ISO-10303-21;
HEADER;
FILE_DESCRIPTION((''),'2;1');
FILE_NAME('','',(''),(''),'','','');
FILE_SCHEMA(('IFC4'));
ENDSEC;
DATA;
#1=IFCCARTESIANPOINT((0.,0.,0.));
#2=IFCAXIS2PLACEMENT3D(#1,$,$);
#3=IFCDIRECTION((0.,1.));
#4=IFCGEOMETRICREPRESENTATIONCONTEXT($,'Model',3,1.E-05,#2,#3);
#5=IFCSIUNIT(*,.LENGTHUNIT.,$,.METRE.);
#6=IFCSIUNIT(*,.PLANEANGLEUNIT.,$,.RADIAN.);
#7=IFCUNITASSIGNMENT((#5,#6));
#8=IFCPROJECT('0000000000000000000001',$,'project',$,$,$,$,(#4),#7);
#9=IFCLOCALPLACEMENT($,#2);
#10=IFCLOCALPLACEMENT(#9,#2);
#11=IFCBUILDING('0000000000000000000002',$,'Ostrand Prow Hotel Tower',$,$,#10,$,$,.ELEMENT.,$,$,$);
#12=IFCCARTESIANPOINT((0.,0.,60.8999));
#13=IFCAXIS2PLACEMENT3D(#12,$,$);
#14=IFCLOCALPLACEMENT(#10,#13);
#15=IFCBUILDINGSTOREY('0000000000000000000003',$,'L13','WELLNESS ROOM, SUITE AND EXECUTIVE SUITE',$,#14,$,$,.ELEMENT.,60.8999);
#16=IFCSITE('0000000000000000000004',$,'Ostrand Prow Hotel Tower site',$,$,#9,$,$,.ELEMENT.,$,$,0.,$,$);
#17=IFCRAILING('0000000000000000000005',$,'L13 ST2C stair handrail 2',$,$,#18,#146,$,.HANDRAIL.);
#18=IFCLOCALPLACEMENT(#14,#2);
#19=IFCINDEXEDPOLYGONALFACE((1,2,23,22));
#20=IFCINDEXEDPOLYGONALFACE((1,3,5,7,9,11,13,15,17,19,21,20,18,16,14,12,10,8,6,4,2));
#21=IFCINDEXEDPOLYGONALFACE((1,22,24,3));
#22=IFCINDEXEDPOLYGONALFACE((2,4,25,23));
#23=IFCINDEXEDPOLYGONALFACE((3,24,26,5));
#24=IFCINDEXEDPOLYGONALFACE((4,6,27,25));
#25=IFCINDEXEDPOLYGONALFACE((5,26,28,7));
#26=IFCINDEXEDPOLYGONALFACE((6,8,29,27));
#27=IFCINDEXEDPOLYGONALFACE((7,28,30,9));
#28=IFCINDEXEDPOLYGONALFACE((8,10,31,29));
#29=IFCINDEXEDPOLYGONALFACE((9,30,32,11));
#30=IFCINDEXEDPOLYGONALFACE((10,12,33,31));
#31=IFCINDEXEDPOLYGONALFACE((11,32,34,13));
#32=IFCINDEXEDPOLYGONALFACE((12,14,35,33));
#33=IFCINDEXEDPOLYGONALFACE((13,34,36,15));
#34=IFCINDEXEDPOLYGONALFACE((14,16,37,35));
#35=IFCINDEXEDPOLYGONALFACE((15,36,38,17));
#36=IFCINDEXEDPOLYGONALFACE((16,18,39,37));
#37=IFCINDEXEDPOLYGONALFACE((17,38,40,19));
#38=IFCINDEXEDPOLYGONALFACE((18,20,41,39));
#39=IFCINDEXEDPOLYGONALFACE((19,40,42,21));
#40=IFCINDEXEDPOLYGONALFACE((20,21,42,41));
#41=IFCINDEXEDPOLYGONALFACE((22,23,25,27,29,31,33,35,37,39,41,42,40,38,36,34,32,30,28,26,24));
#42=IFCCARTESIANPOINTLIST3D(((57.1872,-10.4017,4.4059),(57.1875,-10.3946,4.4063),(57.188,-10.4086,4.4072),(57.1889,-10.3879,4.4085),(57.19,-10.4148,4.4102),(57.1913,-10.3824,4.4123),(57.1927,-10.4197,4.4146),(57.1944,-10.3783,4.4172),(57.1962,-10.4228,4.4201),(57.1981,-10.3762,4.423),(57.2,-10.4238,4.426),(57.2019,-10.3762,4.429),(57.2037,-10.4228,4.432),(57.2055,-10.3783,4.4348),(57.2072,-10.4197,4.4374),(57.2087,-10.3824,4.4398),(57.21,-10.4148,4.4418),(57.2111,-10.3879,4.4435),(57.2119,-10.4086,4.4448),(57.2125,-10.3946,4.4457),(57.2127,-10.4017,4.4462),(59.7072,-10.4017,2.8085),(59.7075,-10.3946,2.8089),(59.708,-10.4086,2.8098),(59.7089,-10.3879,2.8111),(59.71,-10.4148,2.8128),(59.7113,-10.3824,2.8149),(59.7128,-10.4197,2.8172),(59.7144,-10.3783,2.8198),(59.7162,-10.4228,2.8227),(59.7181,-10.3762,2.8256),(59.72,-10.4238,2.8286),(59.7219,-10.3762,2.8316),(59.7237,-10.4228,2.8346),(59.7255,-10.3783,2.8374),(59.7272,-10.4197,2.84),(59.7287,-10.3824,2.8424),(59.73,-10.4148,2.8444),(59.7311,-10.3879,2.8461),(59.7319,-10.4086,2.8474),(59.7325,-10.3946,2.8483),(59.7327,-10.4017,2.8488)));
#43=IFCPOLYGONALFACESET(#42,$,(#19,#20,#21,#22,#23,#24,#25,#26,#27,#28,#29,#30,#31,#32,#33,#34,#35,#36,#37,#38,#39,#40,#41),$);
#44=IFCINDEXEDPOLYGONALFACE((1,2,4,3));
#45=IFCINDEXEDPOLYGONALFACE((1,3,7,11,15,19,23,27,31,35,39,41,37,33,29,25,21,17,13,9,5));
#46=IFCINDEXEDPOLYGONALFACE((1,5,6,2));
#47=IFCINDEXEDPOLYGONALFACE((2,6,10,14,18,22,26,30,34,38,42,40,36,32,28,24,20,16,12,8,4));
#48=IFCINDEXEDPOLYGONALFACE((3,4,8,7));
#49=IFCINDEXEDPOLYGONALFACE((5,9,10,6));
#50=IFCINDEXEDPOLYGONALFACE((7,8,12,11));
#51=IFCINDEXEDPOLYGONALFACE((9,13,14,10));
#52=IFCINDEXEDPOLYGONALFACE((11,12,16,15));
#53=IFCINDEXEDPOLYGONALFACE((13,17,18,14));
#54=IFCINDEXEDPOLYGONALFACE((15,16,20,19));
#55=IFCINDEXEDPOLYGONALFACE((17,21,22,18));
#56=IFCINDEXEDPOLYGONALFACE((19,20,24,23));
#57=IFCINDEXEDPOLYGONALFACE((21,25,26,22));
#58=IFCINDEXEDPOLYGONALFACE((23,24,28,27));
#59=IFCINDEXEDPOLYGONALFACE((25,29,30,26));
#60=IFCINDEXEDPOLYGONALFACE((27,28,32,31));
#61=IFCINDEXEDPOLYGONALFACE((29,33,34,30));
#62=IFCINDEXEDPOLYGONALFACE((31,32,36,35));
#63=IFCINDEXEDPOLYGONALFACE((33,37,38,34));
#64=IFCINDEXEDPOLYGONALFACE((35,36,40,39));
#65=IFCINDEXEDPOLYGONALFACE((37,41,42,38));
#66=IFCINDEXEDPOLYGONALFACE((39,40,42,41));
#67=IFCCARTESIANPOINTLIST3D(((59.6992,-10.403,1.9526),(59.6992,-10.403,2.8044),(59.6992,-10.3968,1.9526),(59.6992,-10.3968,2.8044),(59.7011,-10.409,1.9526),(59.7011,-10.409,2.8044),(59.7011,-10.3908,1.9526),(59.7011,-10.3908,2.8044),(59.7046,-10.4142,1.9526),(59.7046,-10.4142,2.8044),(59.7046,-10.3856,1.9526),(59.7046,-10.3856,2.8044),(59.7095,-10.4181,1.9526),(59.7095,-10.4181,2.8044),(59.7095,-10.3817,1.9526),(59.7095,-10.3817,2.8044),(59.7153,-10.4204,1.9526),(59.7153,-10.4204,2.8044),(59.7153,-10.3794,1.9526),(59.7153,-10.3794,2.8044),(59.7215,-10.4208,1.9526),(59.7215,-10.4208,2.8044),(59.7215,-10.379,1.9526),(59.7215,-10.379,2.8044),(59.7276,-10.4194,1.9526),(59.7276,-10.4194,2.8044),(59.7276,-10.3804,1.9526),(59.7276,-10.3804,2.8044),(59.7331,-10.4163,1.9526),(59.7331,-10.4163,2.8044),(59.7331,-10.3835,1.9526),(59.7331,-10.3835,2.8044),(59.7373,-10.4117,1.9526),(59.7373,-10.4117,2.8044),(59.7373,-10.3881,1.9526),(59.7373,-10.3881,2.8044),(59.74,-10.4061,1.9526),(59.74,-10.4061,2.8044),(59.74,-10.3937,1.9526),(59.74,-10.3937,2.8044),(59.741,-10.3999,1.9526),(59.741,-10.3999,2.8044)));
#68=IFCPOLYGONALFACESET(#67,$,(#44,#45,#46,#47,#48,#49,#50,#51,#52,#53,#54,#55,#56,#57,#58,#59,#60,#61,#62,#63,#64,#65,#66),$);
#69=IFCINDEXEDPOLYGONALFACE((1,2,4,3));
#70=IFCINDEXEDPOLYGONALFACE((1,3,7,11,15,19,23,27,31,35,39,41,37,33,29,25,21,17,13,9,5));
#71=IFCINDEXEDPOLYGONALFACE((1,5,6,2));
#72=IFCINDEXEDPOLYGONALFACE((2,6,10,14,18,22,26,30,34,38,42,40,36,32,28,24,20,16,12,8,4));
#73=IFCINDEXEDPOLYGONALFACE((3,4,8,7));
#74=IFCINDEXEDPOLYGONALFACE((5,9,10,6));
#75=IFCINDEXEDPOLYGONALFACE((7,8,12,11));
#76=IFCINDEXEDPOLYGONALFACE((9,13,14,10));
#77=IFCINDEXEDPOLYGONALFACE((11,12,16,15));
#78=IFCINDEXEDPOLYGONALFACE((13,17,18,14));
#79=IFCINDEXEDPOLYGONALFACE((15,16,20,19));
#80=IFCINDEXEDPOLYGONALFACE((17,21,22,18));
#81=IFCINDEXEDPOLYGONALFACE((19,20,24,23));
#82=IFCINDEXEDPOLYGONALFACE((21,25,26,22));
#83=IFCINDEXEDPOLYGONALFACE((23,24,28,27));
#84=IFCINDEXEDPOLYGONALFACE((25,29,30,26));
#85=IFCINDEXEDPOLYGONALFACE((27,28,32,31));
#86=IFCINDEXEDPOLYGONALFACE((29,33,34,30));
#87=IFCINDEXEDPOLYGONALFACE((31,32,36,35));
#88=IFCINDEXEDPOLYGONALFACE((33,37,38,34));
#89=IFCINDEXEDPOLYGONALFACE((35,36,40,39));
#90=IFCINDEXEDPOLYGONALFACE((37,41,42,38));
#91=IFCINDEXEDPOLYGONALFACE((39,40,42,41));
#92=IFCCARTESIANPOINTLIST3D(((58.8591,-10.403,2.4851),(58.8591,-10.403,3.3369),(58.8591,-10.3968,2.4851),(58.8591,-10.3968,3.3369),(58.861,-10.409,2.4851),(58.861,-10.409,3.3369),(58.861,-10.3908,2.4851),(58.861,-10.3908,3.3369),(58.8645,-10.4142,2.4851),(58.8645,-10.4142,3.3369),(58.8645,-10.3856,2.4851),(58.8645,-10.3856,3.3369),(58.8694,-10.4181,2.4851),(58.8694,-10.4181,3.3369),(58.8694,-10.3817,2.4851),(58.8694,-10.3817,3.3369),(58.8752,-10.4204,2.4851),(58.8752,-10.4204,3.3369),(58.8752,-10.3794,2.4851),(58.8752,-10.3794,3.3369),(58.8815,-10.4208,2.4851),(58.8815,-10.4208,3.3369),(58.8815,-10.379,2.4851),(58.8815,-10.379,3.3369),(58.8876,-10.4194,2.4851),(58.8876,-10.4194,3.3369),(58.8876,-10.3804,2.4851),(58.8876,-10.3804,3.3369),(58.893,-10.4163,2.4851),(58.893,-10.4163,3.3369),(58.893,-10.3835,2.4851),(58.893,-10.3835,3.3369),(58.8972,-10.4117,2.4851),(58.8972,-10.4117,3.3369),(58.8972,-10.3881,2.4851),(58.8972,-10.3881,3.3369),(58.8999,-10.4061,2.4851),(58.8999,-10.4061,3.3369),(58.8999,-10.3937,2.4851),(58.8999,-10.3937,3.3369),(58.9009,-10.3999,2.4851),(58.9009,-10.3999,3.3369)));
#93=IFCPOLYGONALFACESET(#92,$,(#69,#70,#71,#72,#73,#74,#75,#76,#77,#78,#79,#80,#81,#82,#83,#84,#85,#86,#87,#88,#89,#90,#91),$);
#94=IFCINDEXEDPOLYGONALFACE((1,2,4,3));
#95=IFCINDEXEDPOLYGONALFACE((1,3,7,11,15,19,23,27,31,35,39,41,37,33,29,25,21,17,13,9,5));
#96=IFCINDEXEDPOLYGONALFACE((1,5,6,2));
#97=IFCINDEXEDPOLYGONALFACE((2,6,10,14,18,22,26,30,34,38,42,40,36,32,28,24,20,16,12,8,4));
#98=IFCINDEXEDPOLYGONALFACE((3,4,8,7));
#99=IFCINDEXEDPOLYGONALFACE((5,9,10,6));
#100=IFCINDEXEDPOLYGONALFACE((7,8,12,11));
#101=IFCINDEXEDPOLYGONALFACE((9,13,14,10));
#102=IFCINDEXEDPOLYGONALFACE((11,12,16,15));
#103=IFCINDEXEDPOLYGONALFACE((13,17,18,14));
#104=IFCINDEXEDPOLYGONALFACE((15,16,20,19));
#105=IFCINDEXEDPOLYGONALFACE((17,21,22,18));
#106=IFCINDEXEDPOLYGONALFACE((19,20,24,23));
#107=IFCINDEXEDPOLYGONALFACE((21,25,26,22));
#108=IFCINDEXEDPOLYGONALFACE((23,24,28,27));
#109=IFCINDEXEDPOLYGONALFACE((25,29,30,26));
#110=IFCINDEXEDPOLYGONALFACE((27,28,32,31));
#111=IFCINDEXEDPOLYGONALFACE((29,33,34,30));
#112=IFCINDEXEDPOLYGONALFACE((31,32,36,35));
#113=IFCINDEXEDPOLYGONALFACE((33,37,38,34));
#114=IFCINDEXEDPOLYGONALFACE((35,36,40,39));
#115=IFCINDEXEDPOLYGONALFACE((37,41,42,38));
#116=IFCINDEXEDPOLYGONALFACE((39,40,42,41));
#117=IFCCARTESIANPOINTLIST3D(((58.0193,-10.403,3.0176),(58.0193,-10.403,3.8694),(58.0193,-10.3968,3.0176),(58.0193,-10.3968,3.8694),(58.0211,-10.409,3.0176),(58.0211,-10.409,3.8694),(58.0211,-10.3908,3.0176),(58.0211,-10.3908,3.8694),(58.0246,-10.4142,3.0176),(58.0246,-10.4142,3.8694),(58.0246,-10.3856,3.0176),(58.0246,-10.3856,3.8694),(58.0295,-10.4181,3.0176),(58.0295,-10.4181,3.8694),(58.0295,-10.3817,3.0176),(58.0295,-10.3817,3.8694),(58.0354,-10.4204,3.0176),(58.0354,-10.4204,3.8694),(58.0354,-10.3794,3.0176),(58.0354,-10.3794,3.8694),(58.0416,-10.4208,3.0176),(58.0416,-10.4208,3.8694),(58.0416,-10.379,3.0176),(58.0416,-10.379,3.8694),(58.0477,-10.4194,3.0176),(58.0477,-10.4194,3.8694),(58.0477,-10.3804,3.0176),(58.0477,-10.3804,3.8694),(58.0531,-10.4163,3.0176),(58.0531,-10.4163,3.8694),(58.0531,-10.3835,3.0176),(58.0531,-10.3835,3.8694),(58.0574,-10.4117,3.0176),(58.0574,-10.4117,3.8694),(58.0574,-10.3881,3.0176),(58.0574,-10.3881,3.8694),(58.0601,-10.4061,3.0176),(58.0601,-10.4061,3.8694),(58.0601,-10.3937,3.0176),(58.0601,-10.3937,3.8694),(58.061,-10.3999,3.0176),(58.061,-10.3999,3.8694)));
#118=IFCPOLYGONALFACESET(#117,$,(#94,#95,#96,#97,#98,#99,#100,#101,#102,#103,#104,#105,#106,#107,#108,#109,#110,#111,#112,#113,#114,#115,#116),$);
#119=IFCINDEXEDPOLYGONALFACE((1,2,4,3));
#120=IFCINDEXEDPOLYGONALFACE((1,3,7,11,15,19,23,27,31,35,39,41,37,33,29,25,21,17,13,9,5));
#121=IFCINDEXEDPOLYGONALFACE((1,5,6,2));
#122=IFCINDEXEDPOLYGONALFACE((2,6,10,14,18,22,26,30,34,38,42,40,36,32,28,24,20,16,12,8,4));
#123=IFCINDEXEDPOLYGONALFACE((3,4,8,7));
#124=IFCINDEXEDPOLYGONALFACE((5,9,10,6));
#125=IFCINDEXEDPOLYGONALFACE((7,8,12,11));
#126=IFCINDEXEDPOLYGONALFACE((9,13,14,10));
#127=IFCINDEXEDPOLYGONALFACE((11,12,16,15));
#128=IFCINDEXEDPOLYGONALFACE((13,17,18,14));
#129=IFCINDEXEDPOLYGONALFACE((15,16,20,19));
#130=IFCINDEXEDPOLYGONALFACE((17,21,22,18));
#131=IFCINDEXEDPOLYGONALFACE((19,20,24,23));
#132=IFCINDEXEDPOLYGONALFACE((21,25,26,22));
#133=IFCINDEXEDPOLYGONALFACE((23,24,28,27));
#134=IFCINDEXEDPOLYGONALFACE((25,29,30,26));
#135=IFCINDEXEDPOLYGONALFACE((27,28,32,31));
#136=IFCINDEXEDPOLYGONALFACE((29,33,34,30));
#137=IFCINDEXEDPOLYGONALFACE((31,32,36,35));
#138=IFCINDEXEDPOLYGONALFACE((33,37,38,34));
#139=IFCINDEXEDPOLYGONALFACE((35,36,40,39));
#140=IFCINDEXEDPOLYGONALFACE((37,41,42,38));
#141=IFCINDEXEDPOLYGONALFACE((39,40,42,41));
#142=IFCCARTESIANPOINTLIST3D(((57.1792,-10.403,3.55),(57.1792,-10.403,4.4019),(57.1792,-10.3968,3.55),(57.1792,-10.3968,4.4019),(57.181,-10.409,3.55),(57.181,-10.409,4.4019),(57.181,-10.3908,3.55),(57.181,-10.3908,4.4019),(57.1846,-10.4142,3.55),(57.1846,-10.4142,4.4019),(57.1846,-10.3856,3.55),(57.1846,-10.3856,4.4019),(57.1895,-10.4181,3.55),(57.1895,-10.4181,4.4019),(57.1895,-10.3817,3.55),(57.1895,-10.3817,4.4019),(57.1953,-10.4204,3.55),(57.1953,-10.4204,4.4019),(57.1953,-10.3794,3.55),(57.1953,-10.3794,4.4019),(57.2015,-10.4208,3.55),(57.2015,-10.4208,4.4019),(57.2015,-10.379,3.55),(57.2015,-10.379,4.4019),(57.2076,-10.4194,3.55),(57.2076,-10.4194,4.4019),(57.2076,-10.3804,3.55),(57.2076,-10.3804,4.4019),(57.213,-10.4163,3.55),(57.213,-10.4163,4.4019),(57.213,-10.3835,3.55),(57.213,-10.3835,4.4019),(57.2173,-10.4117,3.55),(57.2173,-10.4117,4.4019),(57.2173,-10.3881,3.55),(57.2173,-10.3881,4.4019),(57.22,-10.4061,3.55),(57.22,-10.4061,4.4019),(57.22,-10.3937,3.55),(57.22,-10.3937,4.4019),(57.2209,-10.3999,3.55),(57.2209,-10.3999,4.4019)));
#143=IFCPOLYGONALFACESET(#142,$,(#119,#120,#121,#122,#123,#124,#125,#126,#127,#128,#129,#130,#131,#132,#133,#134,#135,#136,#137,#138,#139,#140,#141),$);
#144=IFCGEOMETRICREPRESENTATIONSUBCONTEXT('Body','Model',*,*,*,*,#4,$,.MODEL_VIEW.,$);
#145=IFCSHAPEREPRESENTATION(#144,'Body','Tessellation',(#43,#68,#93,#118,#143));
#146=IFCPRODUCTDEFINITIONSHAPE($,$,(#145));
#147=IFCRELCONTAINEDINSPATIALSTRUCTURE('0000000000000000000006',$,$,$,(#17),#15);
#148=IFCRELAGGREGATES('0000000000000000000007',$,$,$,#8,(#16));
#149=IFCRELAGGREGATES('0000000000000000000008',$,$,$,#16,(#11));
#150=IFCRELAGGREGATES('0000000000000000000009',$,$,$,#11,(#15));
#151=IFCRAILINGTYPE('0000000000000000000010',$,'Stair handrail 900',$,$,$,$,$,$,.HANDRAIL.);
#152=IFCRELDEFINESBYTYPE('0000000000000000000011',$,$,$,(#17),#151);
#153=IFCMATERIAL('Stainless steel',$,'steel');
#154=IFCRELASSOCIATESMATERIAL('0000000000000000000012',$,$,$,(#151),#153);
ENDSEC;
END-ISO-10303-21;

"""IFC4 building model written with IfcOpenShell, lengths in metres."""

from ifc_helpers import new_model, si_unit, direction, frame, origin, origin_2d, place, context, subcontext, project, spatial, circle, extrude, material, type_object, element, save


model = new_model("IFC4")

# Units and contexts
model_context = context("Model", 3, precision=1e-05, world=origin(), true_north=direction((0.0, 1.0)))
body_context = subcontext(model_context, "Body", "Model", "MODEL_VIEW")
ifc_project = project(units=[si_unit("LENGTHUNIT", "METRE"), si_unit("PLANEANGLEUNIT", "RADIAN")], contexts=[model_context])

# Site, building, storey
site_placement = place(None, origin())
site = spatial("IfcSite", under=ifc_project, at=site_placement, Name="Ostrand Prow Hotel Tower site", CompositionType="ELEMENT", RefElevation=0.0)
building_placement = place(site_placement, origin())
building = spatial("IfcBuilding", under=site, at=building_placement, Name="Ostrand Prow Hotel Tower", CompositionType="ELEMENT")
storey_placement = place(building_placement, frame((0.0, 0.0, 60.8999)))
storey = spatial("IfcBuildingStorey", under=building, at=storey_placement, Name="L13", Description="WELLNESS ROOM, SUITE AND EXECUTIVE SUITE", CompositionType="ELEMENT", Elevation=60.8999)

# Railing
ifc_material_1 = material(Name="Stainless steel", Category="steel")
railing_type_1 = type_object("IfcRailingType", Name="Stair handrail 900", PredefinedType="HANDRAIL", material=ifc_material_1)
railing_1_placement = place(storey_placement, frame((59.72, -10.3999, 1.9526)))
element("IfcRailing", 1, at=railing_1_placement, inside=storey, type_object=railing_type_1, Name="L13 ST2C stair handrail 2", PredefinedType="HANDRAIL", context=body_context, shape_type="SweptSolid", body=[
    extrude(circle(Radius=0.0239, at=origin_2d()), frame((0.0, 0.0, 0.876), z_axis=(-0.844607, 0.0, 0.535387), x_axis=(0.0, -1.0, 0.0)), (0.0, 0.0, 1.0), 2.9836),
    extrude(circle(Radius=0.021, at=origin_2d()), origin(), (0.0, 0.0, 1.0), 0.8518),
    extrude(circle(Radius=0.021, at=origin_2d()), frame((-0.8401, 0.0, 0.5325)), (0.0, 0.0, 1.0), 0.8518),
    extrude(circle(Radius=0.021, at=origin_2d()), frame((-1.6799, 0.0, 1.0649)), (0.0, 0.0, 1.0), 0.8518),
    extrude(circle(Radius=0.021, at=origin_2d()), frame((-2.52, 0.0, 1.5974)), (0.0, 0.0, 1.0), 0.8518),
])

save(model, "model.ifc")
